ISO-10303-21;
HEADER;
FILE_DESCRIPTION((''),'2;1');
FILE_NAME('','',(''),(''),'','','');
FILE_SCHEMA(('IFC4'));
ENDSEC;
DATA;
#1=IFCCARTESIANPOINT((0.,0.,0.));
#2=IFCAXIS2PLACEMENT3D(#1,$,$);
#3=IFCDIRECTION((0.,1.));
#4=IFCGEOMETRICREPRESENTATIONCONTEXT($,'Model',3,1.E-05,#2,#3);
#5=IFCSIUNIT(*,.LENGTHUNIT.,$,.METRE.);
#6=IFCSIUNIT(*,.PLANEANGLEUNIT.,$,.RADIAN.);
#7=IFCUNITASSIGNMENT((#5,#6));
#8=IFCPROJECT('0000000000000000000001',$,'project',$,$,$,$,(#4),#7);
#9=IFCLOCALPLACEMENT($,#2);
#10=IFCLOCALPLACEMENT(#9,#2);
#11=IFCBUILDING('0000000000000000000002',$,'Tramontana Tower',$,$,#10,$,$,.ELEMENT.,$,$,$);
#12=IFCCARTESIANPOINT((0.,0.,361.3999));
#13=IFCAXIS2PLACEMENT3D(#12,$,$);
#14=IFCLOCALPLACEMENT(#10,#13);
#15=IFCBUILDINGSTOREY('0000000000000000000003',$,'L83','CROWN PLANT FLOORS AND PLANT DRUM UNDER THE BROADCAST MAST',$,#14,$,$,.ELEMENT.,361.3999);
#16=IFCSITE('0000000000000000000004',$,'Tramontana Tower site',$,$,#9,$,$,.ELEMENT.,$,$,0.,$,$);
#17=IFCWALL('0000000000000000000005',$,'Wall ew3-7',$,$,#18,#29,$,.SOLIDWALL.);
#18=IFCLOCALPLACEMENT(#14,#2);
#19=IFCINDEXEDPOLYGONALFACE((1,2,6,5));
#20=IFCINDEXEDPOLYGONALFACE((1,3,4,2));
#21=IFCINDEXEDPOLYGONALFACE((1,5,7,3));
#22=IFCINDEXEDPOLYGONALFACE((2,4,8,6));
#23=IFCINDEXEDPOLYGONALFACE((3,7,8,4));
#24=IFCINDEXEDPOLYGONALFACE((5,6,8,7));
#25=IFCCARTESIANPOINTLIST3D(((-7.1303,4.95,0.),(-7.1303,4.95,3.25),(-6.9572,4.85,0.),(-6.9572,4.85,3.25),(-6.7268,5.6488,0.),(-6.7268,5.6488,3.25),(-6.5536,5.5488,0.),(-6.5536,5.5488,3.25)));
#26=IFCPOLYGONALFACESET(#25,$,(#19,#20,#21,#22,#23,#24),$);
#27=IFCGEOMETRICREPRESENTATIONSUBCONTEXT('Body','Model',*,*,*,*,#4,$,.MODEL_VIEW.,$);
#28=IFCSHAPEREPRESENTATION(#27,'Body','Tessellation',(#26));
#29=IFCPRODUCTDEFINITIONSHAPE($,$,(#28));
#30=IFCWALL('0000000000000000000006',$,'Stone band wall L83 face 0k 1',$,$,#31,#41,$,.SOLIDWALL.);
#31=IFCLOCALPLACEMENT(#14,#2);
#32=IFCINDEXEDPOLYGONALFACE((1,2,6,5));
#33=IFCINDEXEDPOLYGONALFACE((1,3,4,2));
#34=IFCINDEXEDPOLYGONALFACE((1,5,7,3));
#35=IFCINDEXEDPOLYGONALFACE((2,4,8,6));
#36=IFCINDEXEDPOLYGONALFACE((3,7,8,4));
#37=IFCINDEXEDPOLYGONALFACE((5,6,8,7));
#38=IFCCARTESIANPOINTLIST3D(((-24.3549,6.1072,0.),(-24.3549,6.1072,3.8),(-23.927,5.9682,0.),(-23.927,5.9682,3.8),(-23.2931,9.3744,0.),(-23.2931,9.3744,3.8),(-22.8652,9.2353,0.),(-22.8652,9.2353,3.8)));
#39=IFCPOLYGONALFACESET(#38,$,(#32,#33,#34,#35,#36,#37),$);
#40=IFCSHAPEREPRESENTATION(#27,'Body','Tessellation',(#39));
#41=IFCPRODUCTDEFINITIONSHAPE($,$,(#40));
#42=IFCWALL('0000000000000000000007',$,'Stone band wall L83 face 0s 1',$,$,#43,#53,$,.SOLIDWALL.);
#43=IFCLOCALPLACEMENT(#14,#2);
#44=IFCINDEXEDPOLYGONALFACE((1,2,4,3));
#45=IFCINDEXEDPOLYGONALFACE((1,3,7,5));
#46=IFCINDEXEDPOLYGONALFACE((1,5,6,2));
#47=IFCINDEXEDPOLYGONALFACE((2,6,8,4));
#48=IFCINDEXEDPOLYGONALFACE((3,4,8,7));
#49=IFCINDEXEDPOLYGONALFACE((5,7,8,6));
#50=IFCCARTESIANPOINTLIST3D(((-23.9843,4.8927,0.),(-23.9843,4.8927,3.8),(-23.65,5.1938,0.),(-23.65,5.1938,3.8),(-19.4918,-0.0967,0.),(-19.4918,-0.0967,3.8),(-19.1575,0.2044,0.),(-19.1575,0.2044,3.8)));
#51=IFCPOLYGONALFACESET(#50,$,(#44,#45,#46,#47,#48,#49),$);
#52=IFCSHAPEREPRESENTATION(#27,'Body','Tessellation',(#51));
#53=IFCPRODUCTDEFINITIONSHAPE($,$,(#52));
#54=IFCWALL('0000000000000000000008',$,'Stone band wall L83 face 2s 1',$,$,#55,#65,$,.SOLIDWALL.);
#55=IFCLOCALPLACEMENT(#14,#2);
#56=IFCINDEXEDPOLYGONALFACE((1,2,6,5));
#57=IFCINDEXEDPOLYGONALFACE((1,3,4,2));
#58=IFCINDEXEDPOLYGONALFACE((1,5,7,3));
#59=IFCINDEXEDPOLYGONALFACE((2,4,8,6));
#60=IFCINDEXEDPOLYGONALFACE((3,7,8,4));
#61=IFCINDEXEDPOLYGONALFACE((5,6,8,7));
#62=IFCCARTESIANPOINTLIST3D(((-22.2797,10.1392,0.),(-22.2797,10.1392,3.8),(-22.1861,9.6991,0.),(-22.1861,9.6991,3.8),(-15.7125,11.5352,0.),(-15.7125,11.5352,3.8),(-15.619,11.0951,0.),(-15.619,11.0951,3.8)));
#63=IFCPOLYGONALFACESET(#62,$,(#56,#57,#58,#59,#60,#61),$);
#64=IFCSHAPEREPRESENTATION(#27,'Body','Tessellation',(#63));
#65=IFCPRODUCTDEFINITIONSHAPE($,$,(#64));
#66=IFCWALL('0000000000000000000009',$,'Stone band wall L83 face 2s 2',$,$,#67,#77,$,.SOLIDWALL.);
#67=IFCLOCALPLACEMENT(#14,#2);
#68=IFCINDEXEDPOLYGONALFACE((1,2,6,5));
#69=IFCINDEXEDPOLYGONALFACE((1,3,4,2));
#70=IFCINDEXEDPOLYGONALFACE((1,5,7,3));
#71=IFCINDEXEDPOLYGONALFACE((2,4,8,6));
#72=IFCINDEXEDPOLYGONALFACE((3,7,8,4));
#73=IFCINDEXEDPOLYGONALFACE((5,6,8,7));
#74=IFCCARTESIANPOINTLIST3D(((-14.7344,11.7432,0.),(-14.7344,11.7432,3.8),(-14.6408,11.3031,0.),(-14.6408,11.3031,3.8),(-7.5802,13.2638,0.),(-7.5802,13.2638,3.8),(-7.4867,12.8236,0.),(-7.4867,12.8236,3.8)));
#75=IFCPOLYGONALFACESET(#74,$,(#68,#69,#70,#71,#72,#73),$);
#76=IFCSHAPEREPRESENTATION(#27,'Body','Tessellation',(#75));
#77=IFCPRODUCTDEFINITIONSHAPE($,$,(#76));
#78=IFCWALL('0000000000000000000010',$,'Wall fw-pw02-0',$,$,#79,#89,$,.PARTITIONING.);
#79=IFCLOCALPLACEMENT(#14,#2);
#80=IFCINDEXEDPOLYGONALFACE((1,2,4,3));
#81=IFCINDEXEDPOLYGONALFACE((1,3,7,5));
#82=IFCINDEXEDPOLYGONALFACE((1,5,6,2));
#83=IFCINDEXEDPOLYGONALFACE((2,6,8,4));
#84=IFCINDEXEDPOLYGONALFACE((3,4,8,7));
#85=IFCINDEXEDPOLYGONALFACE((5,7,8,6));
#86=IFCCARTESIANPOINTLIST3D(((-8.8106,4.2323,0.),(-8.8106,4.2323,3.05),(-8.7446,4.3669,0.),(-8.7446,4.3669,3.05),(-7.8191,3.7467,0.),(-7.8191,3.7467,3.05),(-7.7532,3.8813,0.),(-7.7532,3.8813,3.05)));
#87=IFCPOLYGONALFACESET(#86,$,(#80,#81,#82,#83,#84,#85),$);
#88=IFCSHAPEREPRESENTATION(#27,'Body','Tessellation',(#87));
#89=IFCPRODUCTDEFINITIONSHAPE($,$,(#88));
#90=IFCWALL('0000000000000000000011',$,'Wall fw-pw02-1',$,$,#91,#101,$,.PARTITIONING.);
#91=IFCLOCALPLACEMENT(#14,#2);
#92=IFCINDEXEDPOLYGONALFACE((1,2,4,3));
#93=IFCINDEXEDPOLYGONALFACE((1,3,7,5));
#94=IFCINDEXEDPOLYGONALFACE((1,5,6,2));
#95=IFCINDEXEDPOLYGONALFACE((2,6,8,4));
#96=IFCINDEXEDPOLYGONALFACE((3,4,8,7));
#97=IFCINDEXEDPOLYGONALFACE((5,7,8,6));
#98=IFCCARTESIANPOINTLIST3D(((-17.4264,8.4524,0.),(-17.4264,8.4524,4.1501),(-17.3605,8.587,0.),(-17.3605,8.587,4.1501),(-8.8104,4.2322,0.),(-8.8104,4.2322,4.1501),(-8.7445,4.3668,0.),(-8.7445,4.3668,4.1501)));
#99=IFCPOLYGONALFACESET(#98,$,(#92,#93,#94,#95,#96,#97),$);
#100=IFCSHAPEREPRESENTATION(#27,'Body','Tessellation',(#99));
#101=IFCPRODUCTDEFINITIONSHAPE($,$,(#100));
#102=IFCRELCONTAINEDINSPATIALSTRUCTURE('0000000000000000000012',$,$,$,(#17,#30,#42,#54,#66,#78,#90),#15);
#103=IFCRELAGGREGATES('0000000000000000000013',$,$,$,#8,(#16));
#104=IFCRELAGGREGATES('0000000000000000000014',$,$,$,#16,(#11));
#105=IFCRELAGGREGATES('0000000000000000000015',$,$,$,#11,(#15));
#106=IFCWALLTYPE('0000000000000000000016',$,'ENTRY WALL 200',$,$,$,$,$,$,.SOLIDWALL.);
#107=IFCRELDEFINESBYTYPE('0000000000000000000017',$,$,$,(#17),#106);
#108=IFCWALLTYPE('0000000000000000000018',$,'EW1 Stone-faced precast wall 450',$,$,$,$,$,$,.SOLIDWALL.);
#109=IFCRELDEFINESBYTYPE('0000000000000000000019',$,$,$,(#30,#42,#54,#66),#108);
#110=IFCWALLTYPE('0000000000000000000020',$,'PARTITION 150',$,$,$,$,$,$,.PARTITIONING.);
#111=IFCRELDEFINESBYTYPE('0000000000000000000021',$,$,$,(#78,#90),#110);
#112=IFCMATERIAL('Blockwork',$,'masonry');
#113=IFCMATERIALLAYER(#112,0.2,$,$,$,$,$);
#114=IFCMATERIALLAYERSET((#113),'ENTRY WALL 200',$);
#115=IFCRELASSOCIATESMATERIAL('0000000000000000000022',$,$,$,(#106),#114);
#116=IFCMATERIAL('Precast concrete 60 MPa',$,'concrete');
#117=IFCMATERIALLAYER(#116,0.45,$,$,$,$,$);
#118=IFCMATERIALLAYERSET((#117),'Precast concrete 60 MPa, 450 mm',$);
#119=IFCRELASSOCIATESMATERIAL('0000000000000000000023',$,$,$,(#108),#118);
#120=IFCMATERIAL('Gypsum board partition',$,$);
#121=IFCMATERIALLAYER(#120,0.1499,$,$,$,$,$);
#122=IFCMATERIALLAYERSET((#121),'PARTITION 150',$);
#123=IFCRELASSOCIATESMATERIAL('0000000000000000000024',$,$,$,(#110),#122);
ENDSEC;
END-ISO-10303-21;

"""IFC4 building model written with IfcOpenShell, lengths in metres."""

from ifc_helpers import new_model, si_unit, direction, frame, frame_2d, origin, place, context, subcontext, project, spatial, rectangle, extrude, material, layer, layer_set, type_object, element, save


model = new_model("IFC4")

# Units and contexts
model_context = context("Model", 3, precision=1e-05, world=origin(), true_north=direction((0.0, 1.0)))
body_context = subcontext(model_context, "Body", "Model", "MODEL_VIEW")
ifc_project = project(units=[si_unit("LENGTHUNIT", "METRE"), si_unit("PLANEANGLEUNIT", "RADIAN")], contexts=[model_context])

# Site, building, storey
site_placement = place(None, origin())
site = spatial("IfcSite", under=ifc_project, at=site_placement, Name="Tramontana Tower site", CompositionType="ELEMENT", RefElevation=0.0)
building_placement = place(site_placement, origin())
building = spatial("IfcBuilding", under=site, at=building_placement, Name="Tramontana Tower", CompositionType="ELEMENT")
storey_placement = place(building_placement, frame((0.0, 0.0, 361.3999)))
storey = spatial("IfcBuildingStorey", under=building, at=storey_placement, Name="L83", Description="CROWN PLANT FLOORS AND PLANT DRUM UNDER THE BROADCAST MAST", CompositionType="ELEMENT", Elevation=361.3999)

# Shared definitions
ifc_material_1 = material(Name="Blockwork", Category="masonry")
ifc_layer_1 = layer(ifc_material_1, 0.2)
ifc_layer_set_1 = layer_set([ifc_layer_1], Name="ENTRY WALL 200")
wall_type_1 = type_object("IfcWallType", Name="ENTRY WALL 200", PredefinedType="SOLIDWALL", material=ifc_layer_set_1)

# Walls
wall_1_placement = place(storey_placement, frame((-7.0437, 4.9001, 0.0), z_axis=(0.0, 0.0, 1.0), x_axis=(0.500141, 0.865944, 0.0)))
element("IfcWall", 1, at=wall_1_placement, inside=storey, type_object=wall_type_1, Name="Wall ew3-7", PredefinedType="SOLIDWALL", context=body_context, shape_type="SweptSolid", body=[
    extrude(rectangle(XDim=0.8069, YDim=0.2, at=frame_2d((0.4033, 0.0))), origin(), (0.0, 0.0, 1.0), 3.25),
])
ifc_material_2 = material(Name="Precast concrete 60 MPa", Category="concrete")
ifc_layer_2 = layer(ifc_material_2, 0.45)
ifc_layer_set_2 = layer_set([ifc_layer_2], Name="Precast concrete 60 MPa, 450 mm")
wall_type_2 = type_object("IfcWallType", Name="EW1 Stone-faced precast wall 450", PredefinedType="SOLIDWALL", material=ifc_layer_set_2)
wall_2_placement = place(storey_placement, frame((-23.0791, 9.3049, 0.0), z_axis=(0.0, 0.0, 1.0), x_axis=(-0.309076, -0.951037, 0.0)))
element("IfcWall", 2, at=wall_2_placement, inside=storey, type_object=wall_type_2, Name="Stone band wall L83 face 0k 1", PredefinedType="SOLIDWALL", context=body_context, shape_type="SweptSolid", body=[
    extrude(rectangle(XDim=3.4353, YDim=0.45, at=frame_2d((1.7178, 0.0))), origin(), (0.0, 0.0, 1.0), 3.8),
])
for number, where, z_axis, x_axis, name in (
    (3, (-23.8171, 5.0432, 0.0), (0.0, 0.0, 1.0), (0.669137, -0.743139, 0.0), "Stone band wall L83 face 0s 1"),
    (4, (-15.6658, 11.3152, 0.0), (0.0, 0.0, 1.0), (-0.978144, -0.207927, 0.0), "Stone band wall L83 face 2s 1"),
):
    element("IfcWall", number, at=place(storey_placement, frame(where, z_axis=z_axis, x_axis=x_axis)), inside=storey, type_object=wall_type_2, Name=name, PredefinedType="SOLIDWALL", context=body_context, shape_type="SweptSolid", body=[
        extrude(rectangle(XDim=6.7139, YDim=0.45, at=frame_2d((3.3569, 0.0))), origin(), (0.0, 0.0, 1.0), 3.8),
    ])
wall_3_placement = place(storey_placement, frame((-7.5334, 13.0437, 0.0), z_axis=(0.0, 0.0, 1.0), x_axis=(-0.978151, -0.207894, 0.0)))
element("IfcWall", 5, at=wall_3_placement, inside=storey, type_object=wall_type_2, Name="Stone band wall L83 face 2s 2", PredefinedType="SOLIDWALL", context=body_context, shape_type="SweptSolid", body=[
    extrude(rectangle(XDim=7.314, YDim=0.45, at=frame_2d((3.657, 0.0))), origin(), (0.0, 0.0, 1.0), 3.8),
])
ifc_material_3 = material(Name="Gypsum board partition")
ifc_layer_3 = layer(ifc_material_3, 0.1499)
ifc_layer_set_3 = layer_set([ifc_layer_3], Name="PARTITION 150")
wall_type_3 = type_object("IfcWallType", Name="PARTITION 150", PredefinedType="PARTITIONING", material=ifc_layer_set_3)
wall_4_placement = place(storey_placement, frame((-7.7861, 3.814, 0.0), z_axis=(0.0, 0.0, 1.0), x_axis=(-0.898068, 0.439857, 0.0)))
element("IfcWall", 6, at=wall_4_placement, inside=storey, type_object=wall_type_3, Name="Wall fw-pw02-0", PredefinedType="PARTITIONING", context=body_context, shape_type="SweptSolid", body=[
    extrude(rectangle(XDim=1.104, YDim=0.1499, at=frame_2d((0.552, 0.0))), origin(), (0.0, 0.0, 1.0), 3.05),
])
wall_5_placement = place(storey_placement, frame((-8.7776, 4.2996, 0.0), z_axis=(0.0, 0.0, 1.0), x_axis=(-0.898057, 0.43988, 0.0)))
element("IfcWall", 7, at=wall_5_placement, inside=storey, type_object=wall_type_3, Name="Wall fw-pw02-1", PredefinedType="PARTITIONING", context=body_context, shape_type="SweptSolid", body=[
    extrude(rectangle(XDim=9.594, YDim=0.1499, at=frame_2d((4.7969, 0.0))), origin(), (0.0, 0.0, 1.0), 4.1501),
])

save(model, "model.ifc")
